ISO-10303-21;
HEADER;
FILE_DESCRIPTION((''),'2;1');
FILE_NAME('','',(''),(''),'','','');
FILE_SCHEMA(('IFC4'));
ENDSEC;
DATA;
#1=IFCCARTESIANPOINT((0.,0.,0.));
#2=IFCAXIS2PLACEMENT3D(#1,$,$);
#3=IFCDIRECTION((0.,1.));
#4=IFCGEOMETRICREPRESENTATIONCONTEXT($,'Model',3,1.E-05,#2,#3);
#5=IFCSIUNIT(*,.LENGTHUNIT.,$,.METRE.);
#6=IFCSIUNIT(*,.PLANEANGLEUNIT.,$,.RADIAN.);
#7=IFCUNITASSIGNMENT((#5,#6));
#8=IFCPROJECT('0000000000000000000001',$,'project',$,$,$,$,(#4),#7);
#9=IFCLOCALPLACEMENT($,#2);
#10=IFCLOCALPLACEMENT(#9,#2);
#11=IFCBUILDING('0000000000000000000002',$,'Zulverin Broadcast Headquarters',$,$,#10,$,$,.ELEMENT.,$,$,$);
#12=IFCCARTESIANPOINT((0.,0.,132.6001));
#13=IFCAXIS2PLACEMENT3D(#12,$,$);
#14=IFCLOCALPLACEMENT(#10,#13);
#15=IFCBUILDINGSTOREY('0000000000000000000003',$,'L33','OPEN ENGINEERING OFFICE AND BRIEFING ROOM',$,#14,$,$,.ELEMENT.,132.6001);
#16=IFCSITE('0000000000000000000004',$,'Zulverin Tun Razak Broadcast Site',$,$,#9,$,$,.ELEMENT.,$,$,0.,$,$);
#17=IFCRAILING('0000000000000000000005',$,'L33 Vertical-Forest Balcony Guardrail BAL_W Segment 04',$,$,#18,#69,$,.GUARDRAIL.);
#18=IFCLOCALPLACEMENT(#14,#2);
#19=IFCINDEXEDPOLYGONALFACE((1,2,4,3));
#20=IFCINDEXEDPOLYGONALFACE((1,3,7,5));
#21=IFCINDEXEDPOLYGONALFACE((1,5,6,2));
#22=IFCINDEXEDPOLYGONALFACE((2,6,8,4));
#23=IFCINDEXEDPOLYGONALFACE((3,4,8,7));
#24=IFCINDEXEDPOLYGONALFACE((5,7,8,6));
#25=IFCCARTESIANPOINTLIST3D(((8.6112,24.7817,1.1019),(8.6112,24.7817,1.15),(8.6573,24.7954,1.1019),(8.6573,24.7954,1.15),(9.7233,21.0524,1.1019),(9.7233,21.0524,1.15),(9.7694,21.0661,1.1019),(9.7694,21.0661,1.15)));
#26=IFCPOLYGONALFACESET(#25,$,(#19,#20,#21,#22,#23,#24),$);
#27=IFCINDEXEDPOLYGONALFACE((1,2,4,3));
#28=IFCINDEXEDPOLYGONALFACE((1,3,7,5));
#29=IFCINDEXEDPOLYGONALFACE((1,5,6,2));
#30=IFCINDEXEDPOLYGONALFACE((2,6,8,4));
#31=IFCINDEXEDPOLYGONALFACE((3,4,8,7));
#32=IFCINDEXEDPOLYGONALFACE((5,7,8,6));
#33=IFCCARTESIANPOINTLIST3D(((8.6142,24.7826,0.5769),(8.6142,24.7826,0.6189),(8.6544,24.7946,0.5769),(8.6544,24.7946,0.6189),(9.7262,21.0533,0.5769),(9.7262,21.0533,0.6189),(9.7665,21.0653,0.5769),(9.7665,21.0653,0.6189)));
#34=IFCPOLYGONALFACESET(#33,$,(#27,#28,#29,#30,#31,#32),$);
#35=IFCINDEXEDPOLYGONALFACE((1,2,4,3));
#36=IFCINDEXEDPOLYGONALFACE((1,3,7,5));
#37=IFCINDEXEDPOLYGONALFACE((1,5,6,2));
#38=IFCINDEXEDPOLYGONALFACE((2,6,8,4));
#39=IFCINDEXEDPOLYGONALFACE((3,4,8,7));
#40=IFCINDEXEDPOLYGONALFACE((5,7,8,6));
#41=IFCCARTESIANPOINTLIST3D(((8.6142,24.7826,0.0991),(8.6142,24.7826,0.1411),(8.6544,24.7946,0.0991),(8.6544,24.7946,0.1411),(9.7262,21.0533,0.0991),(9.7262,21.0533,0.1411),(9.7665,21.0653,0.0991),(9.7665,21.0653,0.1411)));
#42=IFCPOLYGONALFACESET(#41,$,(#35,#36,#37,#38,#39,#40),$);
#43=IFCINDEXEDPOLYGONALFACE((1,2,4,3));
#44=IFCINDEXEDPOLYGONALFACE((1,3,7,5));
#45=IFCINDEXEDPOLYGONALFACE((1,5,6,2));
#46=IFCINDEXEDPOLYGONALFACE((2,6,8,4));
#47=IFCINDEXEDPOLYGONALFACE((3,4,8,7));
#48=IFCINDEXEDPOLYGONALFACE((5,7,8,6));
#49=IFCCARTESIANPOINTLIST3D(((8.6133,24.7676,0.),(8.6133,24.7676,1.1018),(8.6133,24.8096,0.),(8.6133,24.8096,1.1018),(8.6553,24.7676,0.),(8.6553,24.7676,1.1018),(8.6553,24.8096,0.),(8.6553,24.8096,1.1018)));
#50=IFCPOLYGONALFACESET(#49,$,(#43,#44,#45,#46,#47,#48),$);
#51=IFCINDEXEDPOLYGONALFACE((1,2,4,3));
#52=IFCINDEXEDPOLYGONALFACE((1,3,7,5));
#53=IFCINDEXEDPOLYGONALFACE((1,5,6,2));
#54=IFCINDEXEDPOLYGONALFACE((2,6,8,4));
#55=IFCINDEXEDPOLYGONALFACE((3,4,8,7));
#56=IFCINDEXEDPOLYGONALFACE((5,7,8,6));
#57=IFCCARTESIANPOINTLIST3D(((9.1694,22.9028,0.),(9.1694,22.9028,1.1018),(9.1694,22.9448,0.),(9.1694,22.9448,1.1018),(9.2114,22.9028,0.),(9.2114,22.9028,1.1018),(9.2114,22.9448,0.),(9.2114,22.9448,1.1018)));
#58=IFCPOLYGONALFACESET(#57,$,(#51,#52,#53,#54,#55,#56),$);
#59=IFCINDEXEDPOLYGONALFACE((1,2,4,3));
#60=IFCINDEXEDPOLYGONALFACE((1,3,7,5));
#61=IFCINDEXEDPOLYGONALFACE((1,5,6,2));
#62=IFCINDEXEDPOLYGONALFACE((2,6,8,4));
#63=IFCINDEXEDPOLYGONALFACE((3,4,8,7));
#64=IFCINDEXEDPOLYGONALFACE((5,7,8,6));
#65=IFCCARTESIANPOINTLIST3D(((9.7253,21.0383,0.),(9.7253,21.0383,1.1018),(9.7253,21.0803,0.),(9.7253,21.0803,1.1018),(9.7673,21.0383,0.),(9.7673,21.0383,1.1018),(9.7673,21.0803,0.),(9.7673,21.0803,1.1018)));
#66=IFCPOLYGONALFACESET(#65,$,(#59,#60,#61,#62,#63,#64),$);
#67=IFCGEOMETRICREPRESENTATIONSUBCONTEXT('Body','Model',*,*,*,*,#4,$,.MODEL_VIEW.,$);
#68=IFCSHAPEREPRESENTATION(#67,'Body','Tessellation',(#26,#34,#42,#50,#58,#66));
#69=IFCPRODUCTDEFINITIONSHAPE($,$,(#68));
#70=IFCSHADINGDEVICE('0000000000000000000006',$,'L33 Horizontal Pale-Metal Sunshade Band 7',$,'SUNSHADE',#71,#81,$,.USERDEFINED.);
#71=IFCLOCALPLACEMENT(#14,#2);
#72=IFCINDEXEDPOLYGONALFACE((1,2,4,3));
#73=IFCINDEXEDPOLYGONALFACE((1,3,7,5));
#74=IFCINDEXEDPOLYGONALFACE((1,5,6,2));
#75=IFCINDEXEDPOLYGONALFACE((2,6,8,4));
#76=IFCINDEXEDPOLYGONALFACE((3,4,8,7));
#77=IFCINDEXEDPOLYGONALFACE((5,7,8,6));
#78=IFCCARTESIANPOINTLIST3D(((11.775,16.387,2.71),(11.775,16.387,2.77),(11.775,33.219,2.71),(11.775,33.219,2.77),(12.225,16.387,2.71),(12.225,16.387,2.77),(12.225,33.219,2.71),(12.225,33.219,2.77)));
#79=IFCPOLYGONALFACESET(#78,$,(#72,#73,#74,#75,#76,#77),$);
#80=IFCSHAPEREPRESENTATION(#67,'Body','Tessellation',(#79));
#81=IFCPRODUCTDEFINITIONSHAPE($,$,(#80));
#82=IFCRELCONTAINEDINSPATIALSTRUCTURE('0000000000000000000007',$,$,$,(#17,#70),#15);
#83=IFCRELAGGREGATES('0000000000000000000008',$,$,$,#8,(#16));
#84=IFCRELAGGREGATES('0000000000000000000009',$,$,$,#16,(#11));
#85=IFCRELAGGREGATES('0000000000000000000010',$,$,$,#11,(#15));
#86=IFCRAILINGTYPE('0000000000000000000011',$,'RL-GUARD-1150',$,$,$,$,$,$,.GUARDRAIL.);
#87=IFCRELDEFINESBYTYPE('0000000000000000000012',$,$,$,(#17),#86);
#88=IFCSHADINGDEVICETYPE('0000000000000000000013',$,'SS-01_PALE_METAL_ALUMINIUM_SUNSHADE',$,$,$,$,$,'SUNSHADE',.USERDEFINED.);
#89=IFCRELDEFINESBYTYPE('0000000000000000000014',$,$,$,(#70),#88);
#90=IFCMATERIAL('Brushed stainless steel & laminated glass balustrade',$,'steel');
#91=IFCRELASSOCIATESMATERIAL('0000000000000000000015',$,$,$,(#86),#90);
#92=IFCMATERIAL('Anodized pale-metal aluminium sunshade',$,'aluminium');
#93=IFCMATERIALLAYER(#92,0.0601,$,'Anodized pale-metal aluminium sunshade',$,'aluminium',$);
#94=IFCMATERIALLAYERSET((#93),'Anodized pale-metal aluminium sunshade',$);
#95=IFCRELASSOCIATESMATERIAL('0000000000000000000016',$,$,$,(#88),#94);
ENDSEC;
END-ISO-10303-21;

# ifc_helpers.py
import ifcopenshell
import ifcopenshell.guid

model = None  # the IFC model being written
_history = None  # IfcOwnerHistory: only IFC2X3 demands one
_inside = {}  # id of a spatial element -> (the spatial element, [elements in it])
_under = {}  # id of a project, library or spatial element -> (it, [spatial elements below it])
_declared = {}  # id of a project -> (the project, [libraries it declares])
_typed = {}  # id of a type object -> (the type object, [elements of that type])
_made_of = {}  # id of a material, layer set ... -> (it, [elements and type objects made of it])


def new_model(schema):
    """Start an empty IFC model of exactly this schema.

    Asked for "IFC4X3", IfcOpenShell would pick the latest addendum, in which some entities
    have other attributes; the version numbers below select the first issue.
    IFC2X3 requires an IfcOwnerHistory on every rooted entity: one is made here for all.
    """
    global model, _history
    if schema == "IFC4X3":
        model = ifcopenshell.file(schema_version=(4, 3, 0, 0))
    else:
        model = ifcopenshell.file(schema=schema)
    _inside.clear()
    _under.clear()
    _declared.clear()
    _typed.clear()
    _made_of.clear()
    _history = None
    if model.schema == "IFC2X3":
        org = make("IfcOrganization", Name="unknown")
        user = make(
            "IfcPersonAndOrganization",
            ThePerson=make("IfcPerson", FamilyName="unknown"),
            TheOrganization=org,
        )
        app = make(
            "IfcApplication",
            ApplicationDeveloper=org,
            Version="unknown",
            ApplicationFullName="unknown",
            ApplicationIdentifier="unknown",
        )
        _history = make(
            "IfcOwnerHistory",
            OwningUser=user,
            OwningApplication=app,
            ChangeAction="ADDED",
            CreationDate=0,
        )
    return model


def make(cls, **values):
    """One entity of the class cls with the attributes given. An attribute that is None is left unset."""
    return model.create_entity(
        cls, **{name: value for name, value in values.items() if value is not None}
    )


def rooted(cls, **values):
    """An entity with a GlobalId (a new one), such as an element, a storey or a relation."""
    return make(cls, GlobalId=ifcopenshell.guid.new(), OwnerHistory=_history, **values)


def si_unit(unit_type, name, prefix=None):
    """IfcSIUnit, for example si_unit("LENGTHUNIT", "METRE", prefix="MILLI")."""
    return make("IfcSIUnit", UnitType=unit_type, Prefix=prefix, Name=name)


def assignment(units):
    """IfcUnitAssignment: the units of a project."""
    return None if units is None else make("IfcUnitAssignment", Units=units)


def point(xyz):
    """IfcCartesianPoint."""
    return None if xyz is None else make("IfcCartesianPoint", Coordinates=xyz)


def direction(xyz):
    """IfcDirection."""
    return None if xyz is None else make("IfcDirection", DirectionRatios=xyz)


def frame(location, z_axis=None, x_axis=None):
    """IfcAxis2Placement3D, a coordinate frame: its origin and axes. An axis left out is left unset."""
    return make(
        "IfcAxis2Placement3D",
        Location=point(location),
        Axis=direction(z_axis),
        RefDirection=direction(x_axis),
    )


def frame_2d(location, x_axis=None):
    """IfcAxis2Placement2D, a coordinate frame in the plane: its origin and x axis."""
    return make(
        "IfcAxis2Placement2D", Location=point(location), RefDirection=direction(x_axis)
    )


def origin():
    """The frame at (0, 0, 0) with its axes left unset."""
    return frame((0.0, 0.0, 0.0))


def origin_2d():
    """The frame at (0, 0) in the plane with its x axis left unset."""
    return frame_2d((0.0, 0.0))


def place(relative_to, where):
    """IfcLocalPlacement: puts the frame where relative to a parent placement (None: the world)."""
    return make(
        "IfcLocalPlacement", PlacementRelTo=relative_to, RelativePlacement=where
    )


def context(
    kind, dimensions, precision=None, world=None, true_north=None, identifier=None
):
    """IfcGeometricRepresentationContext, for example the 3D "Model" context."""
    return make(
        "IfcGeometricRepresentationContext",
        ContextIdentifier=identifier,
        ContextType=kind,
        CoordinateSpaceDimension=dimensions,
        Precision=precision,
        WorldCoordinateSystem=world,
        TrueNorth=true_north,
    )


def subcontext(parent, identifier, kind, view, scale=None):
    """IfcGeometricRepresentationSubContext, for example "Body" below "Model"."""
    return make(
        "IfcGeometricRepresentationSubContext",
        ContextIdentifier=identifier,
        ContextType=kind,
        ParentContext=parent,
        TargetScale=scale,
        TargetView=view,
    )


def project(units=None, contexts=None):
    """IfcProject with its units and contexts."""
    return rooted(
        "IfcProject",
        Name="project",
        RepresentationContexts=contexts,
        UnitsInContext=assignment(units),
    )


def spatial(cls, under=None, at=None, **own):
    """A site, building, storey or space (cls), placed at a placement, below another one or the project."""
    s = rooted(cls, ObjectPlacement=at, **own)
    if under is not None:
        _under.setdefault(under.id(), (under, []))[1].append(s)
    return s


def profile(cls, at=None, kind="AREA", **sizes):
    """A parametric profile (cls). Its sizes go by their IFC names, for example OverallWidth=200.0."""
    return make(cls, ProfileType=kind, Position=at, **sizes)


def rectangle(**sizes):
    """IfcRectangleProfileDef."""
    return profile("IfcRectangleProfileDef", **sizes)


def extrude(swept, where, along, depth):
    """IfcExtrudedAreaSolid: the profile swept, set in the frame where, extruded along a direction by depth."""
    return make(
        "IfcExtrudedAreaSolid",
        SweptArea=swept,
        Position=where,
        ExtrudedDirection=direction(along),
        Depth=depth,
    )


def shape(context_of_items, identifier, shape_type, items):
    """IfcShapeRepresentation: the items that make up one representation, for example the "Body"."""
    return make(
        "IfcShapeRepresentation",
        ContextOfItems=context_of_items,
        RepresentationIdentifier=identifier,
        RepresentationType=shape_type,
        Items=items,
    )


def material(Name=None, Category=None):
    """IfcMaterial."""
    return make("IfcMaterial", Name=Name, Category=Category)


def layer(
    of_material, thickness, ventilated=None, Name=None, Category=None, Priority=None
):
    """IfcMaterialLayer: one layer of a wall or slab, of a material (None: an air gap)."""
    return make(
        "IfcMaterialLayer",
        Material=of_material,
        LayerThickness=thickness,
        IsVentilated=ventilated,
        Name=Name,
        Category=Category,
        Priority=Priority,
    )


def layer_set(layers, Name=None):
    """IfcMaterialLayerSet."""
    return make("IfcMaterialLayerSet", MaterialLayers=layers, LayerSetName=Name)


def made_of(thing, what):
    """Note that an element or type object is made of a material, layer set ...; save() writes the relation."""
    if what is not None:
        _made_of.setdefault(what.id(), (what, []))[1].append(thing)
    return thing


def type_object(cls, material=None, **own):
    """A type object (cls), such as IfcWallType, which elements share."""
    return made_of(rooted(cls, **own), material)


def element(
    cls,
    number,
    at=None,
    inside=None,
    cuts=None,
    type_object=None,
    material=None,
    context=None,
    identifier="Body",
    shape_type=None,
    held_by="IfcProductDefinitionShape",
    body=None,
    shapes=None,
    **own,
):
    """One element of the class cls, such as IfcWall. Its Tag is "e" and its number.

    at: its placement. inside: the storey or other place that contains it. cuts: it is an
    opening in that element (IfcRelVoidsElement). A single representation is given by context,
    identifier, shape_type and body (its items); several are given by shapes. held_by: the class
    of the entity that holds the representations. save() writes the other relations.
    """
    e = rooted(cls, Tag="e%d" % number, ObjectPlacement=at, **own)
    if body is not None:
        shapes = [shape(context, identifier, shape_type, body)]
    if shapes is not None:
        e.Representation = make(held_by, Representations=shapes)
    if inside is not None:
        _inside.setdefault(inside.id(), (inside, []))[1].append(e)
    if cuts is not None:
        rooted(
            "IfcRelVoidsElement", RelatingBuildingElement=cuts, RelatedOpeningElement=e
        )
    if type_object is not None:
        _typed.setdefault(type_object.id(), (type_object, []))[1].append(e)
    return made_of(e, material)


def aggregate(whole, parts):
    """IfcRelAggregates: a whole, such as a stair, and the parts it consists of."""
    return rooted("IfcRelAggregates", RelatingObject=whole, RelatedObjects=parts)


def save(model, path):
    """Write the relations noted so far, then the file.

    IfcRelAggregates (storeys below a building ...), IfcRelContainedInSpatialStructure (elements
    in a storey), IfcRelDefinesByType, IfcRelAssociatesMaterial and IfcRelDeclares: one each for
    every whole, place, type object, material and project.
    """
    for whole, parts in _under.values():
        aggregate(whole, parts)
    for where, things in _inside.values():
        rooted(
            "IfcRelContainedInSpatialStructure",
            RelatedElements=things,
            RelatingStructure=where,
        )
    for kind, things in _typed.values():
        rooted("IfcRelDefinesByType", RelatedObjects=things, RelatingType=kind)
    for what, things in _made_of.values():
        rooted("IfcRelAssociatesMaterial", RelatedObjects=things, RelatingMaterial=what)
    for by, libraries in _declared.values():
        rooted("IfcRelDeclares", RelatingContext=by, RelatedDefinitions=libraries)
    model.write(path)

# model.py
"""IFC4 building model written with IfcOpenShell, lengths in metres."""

from ifc_helpers import new_model, si_unit, direction, frame, origin, origin_2d, place, context, subcontext, project, spatial, rectangle, extrude, material, layer, layer_set, type_object, element, save


model = new_model("IFC4")

# Units and contexts
model_context = context("Model", 3, precision=1e-05, world=origin(), true_north=direction((0.0, 1.0)))
body_context = subcontext(model_context, "Body", "Model", "MODEL_VIEW")
ifc_project = project(units=[si_unit("LENGTHUNIT", "METRE"), si_unit("PLANEANGLEUNIT", "RADIAN")], contexts=[model_context])

# Site, building, storey
site_placement = place(None, origin())
site = spatial("IfcSite", under=ifc_project, at=site_placement, Name="Zulverin Tun Razak Broadcast Site", CompositionType="ELEMENT", RefElevation=0.0)
building_placement = place(site_placement, origin())
building = spatial("IfcBuilding", under=site, at=building_placement, Name="Zulverin Broadcast Headquarters", CompositionType="ELEMENT")
storey_placement = place(building_placement, frame((0.0, 0.0, 132.6001)))
storey = spatial("IfcBuildingStorey", under=building, at=storey_placement, Name="L33", Description="OPEN ENGINEERING OFFICE AND BRIEFING ROOM", CompositionType="ELEMENT", Elevation=132.6001)

# Railing
ifc_material_1 = material(Name="Brushed stainless steel & laminated glass balustrade", Category="steel")
railing_type = type_object("IfcRailingType", Name="RL-GUARD-1150", PredefinedType="GUARDRAIL", material=ifc_material_1)
railing_1_placement = place(storey_placement, frame((8.6343, 24.7886, 0.0)))
element("IfcRailing", 1, at=railing_1_placement, inside=storey, type_object=railing_type, Name="L33 Vertical-Forest Balcony Guardrail BAL_W Segment 04", PredefinedType="GUARDRAIL", context=body_context, shape_type="SweptSolid", body=[
    extrude(rectangle(XDim=0.0481, YDim=0.0481, at=origin_2d()), frame((0.0, 0.0, 1.126), z_axis=(0.285765, -0.9583, 0.0), x_axis=(0.9583, 0.285765, 0.0)), (0.0, 0.0, 1.0), 3.8916),
    extrude(rectangle(XDim=0.042, YDim=0.042, at=origin_2d()), frame((0.0, 0.0, 0.5979), z_axis=(0.285765, -0.9583, 0.0), x_axis=(0.9583, 0.285765, 0.0)), (0.0, 0.0, 1.0), 3.8916),
    extrude(rectangle(XDim=0.042, YDim=0.042, at=origin_2d()), frame((0.0, 0.0, 0.1201), z_axis=(0.285765, -0.9583, 0.0), x_axis=(0.9583, 0.285765, 0.0)), (0.0, 0.0, 1.0), 3.8916),
    extrude(rectangle(XDim=0.042, YDim=0.042, at=origin_2d()), origin(), (0.0, 0.0, 1.0), 1.1018),
    extrude(rectangle(XDim=0.042, YDim=0.042, at=origin_2d()), frame((0.5562, -1.8647, 0.0)), (0.0, 0.0, 1.0), 1.1018),
    extrude(rectangle(XDim=0.042, YDim=0.042, at=origin_2d()), frame((1.1121, -3.7292, 0.0)), (0.0, 0.0, 1.0), 1.1018),
])

# Shading device
ifc_material_2 = material(Name="Anodized pale-metal aluminium sunshade", Category="aluminium")
ifc_layer_1 = layer(ifc_material_2, 0.0601, Name="Anodized pale-metal aluminium sunshade", Category="aluminium")
ifc_layer_set_1 = layer_set([ifc_layer_1], Name="Anodized pale-metal aluminium sunshade")
shading_device_type = type_object("IfcShadingDeviceType", Name="SS-01_PALE_METAL_ALUMINIUM_SUNSHADE", ElementType="SUNSHADE", PredefinedType="USERDEFINED", material=ifc_layer_set_1)
shading_device_placement = place(storey_placement, frame((12.0, 24.803, 2.71), z_axis=(0.0, 0.0, 1.0), x_axis=(0.0, -1.0, 0.0)))
element("IfcShadingDevice", 2, at=shading_device_placement, inside=storey, type_object=shading_device_type, Name="L33 Horizontal Pale-Metal Sunshade Band 7", ObjectType="SUNSHADE", PredefinedType="USERDEFINED", context=body_context, shape_type="SweptSolid", body=[
    extrude(rectangle(XDim=16.832, YDim=0.45, at=origin_2d()), origin(), (0.0, 0.0, 1.0), 0.0601),
])

save(model, "model.ifc")
